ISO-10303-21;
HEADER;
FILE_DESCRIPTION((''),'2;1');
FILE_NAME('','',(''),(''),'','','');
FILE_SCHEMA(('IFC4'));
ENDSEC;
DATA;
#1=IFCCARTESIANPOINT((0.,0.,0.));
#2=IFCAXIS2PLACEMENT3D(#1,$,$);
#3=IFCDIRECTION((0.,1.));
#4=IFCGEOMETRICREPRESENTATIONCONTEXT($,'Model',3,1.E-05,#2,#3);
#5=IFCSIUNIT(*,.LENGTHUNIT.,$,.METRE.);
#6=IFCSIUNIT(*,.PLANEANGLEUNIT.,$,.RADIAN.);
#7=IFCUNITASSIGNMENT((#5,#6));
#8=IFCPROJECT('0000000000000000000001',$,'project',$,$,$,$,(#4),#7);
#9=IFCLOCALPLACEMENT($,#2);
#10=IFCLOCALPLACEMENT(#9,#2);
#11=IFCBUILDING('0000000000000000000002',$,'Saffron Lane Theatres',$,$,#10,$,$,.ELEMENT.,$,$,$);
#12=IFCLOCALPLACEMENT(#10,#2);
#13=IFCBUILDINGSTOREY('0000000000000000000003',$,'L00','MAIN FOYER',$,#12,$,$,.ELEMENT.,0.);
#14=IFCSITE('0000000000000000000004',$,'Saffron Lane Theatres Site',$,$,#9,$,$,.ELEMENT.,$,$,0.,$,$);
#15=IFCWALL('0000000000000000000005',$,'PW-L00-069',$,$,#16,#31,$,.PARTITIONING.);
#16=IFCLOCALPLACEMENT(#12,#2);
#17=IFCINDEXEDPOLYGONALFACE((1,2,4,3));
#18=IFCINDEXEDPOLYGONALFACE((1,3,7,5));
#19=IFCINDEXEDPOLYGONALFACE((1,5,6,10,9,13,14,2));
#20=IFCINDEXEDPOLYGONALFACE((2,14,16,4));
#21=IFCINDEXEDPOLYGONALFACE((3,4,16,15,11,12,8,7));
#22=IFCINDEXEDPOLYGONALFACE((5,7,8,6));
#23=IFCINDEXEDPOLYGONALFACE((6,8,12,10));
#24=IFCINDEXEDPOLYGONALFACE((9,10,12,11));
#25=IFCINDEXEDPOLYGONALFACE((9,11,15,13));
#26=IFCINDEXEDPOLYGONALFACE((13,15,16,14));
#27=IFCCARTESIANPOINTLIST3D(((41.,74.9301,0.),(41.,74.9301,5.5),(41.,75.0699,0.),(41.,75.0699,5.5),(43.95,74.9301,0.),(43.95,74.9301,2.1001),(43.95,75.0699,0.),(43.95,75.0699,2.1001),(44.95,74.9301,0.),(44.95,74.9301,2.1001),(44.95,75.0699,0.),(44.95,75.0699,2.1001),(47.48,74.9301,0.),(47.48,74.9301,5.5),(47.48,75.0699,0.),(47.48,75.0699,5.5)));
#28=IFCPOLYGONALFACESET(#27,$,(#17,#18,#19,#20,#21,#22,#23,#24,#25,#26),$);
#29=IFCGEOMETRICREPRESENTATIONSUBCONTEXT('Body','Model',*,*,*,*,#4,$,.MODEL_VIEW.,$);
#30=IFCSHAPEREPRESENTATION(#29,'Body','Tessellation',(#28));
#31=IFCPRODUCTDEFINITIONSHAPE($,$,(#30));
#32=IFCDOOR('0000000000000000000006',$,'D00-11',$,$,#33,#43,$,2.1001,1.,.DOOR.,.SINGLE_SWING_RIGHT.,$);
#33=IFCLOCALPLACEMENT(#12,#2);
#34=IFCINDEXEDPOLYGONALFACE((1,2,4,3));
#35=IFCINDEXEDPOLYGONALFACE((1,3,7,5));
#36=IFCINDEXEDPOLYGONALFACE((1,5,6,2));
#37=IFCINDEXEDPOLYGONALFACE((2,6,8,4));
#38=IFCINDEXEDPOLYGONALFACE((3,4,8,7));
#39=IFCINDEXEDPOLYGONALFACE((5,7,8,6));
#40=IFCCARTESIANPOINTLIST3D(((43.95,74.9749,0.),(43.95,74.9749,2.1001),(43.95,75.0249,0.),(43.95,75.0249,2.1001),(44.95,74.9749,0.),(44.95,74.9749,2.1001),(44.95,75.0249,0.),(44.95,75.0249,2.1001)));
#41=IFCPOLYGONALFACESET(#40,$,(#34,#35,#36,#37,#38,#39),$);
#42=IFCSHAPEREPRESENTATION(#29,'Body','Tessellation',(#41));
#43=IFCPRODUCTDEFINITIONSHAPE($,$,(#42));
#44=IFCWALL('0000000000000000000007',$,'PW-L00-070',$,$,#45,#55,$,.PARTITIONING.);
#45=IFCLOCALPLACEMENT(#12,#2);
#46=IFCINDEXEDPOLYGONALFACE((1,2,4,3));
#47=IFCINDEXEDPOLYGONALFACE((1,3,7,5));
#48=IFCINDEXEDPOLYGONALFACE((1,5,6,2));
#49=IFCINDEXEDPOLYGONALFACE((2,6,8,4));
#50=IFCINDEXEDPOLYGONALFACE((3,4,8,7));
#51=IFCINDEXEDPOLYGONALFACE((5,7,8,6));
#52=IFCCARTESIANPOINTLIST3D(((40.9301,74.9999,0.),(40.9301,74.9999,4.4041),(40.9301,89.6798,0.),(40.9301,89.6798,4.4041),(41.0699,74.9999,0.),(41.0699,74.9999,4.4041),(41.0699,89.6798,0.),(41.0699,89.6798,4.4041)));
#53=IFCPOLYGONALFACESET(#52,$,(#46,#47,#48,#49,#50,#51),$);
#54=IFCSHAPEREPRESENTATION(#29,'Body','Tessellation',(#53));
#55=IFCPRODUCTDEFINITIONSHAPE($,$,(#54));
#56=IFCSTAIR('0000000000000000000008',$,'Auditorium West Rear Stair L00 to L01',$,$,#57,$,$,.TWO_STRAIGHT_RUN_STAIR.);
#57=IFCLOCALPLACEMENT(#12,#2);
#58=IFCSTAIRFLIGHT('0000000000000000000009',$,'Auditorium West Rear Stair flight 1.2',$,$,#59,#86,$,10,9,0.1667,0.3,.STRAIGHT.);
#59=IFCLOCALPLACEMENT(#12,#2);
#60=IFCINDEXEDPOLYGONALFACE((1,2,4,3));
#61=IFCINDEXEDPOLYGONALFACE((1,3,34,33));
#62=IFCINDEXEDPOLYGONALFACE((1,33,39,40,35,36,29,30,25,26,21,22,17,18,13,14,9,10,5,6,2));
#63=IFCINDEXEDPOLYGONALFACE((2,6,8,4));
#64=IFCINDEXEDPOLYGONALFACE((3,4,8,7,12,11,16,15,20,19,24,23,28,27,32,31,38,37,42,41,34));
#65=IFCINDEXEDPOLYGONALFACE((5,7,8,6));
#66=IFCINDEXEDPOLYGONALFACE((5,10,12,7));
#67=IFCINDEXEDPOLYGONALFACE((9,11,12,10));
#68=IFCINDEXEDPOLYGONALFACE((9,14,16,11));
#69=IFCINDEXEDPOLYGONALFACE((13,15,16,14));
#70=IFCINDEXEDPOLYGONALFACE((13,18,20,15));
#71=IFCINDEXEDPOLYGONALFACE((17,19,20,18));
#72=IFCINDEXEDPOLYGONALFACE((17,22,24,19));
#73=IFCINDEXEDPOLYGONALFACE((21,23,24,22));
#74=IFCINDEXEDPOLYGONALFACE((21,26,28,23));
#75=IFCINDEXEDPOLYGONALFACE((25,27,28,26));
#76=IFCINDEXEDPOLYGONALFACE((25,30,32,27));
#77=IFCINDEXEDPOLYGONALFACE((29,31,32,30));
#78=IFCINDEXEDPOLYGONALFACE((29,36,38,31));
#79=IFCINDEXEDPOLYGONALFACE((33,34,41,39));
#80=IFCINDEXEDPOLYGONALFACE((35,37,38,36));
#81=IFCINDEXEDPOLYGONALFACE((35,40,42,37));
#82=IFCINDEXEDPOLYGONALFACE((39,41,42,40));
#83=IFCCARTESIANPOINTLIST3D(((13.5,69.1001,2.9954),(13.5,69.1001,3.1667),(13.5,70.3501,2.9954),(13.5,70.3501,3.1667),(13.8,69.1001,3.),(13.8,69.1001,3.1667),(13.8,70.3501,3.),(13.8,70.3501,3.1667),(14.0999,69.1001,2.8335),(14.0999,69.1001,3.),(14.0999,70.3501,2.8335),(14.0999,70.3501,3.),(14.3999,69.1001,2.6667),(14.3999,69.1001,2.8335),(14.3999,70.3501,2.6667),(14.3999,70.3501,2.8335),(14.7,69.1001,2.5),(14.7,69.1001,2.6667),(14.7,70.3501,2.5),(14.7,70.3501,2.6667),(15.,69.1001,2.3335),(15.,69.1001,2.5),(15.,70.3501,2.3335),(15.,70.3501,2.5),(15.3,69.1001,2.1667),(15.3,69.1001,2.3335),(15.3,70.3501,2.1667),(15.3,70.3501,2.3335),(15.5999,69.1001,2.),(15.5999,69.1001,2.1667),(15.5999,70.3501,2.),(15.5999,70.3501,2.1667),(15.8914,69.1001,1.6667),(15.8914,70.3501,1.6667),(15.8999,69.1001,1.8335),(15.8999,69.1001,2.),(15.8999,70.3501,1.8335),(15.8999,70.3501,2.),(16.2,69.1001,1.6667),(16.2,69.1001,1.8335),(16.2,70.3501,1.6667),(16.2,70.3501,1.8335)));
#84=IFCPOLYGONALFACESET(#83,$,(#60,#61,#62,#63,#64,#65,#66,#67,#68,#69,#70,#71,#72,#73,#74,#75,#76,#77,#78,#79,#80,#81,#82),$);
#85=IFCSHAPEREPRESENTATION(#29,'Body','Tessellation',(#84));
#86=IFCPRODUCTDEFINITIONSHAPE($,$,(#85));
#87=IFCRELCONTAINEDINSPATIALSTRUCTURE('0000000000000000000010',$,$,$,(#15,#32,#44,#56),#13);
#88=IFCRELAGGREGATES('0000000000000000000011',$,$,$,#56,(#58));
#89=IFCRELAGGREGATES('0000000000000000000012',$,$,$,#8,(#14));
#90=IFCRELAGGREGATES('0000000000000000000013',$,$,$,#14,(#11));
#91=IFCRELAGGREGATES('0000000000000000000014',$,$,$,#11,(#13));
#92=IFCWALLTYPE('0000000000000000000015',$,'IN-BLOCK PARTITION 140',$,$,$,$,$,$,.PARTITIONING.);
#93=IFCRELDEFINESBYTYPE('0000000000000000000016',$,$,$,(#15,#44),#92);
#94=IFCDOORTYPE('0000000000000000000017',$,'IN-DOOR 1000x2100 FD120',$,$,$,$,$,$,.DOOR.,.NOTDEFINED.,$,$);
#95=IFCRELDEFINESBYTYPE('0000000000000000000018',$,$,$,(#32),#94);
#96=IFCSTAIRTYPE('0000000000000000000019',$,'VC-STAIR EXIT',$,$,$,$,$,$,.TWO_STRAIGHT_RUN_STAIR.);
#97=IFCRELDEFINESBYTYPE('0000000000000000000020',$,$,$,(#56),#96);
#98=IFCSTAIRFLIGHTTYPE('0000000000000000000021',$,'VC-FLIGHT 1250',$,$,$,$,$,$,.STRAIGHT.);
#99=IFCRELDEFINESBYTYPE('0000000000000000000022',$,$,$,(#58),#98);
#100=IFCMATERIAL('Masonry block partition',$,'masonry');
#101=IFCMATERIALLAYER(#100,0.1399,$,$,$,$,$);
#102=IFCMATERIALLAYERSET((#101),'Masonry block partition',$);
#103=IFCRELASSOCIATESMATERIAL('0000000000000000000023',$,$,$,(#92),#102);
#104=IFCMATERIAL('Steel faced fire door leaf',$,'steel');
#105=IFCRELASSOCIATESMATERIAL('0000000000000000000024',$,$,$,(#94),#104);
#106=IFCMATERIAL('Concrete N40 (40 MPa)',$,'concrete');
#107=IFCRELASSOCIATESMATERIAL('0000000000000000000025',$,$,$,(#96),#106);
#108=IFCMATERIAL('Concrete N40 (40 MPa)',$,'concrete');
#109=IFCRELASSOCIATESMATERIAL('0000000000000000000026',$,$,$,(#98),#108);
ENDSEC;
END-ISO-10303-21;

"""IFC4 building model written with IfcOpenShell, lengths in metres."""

from ifc_helpers import new_model, si_unit, direction, frame, frame_2d, origin, place, context, subcontext, project, spatial, polyline, rectangle, outline, extrude, material, layer, layer_set, type_object, element, fill, aggregate, save


model = new_model("IFC4")

# Units and contexts
model_context = context("Model", 3, precision=1e-05, world=origin(), true_north=direction((0.0, 1.0)))
body_context = subcontext(model_context, "Body", "Model", "MODEL_VIEW")
ifc_project = project(units=[si_unit("LENGTHUNIT", "METRE"), si_unit("PLANEANGLEUNIT", "RADIAN")], contexts=[model_context])

# Site, building, storey
site_placement = place(None, origin())
site = spatial("IfcSite", under=ifc_project, at=site_placement, Name="Saffron Lane Theatres Site", CompositionType="ELEMENT", RefElevation=0.0)
building_placement = place(site_placement, origin())
building = spatial("IfcBuilding", under=site, at=building_placement, Name="Saffron Lane Theatres", CompositionType="ELEMENT")
storey_placement = place(building_placement, origin())
storey = spatial("IfcBuildingStorey", under=building, at=storey_placement, Name="L00", Description="MAIN FOYER", CompositionType="ELEMENT", Elevation=0.0)

# Shared definitions
ifc_material_1 = material(Name="Masonry block partition", Category="masonry")
ifc_layer_1 = layer(ifc_material_1, 0.1399)
ifc_layer_set_1 = layer_set([ifc_layer_1], Name="Masonry block partition")
wall_type_1 = type_object("IfcWallType", Name="IN-BLOCK PARTITION 140", PredefinedType="PARTITIONING", material=ifc_layer_set_1)
ifc_material_2 = material(Name="Steel faced fire door leaf", Category="steel")
door_type_1 = type_object("IfcDoorType", Name="IN-DOOR 1000x2100 FD120", OperationType="NOTDEFINED", PredefinedType="DOOR", material=ifc_material_2)

# Wall, opening, door
wall_1_placement = place(storey_placement, frame((41.0, 75.0, 0.0), z_axis=(0.0, 0.0, 1.0), x_axis=(1.0, 0.0, 0.0)))
wall_1 = element("IfcWall", 1, at=wall_1_placement, inside=storey, type_object=wall_type_1, Name="PW-L00-069", PredefinedType="PARTITIONING", context=body_context, shape_type="SweptSolid", body=[
    extrude(rectangle(XDim=6.48, YDim=0.1399, at=frame_2d((3.24, 0.0))), origin(), (0.0, 0.0, 1.0), 5.5),
])
opening_1_placement = place(wall_1_placement, frame((2.95, 0.0, 0.0)))
opening_1 = element("IfcOpeningElement", 2, at=opening_1_placement, cuts=wall_1, PredefinedType="OPENING", context=body_context, shape_type="SweptSolid", body=[
    extrude(rectangle(XDim=1.0, YDim=2.1001, at=frame_2d((0.5, 1.05))), frame((0.0, 0.0801, 0.0), z_axis=(0.0, -1.0, 0.0), x_axis=(1.0, 0.0, 0.0)), (0.0, 0.0, 1.0), 0.1599),
])
door_1_placement = place(opening_1_placement, origin())
door_1 = element("IfcDoor", 3, at=door_1_placement, inside=storey, type_object=door_type_1, Name="D00-11", OperationType="SINGLE_SWING_RIGHT", OverallHeight=2.1001, OverallWidth=1.0, PredefinedType="DOOR", context=body_context, shape_type="SweptSolid", body=[
    extrude(rectangle(XDim=1.0, YDim=2.1001, at=frame_2d((0.5, 1.05))), frame((0.0, 0.0249, 0.0), z_axis=(0.0, -1.0, 0.0), x_axis=(1.0, 0.0, 0.0)), (0.0, 0.0, 1.0), 0.05),
])
fill(opening_1, door_1)

# Wall
wall_2_placement = place(storey_placement, frame((41.0, 75.0, 0.0), z_axis=(0.0, 0.0, 1.0), x_axis=(0.0, 1.0, 0.0)))
element("IfcWall", 4, at=wall_2_placement, inside=storey, type_object=wall_type_1, Name="PW-L00-070", PredefinedType="PARTITIONING", context=body_context, shape_type="SweptSolid", body=[
    extrude(rectangle(XDim=14.6799, YDim=0.1399, at=frame_2d((7.3398, 0.0))), origin(), (0.0, 0.0, 1.0), 4.4041),
])

# Stair, stair flight
ifc_material_3 = material(Name="Concrete N40 (40 MPa)", Category="concrete")
stair_type = type_object("IfcStairType", Name="VC-STAIR EXIT", PredefinedType="TWO_STRAIGHT_RUN_STAIR", material=ifc_material_3)
stair_placement = place(storey_placement, origin())
stair = element("IfcStair", 5, at=stair_placement, inside=storey, type_object=stair_type, Name="Auditorium West Rear Stair L00 to L01", PredefinedType="TWO_STRAIGHT_RUN_STAIR")
ifc_material_4 = material(Name="Concrete N40 (40 MPa)", Category="concrete")
stair_flight_type = type_object("IfcStairFlightType", Name="VC-FLIGHT 1250", PredefinedType="STRAIGHT", material=ifc_material_4)
stair_flight_placement = place(storey_placement, frame((16.2, 69.7251, 1.6667), z_axis=(0.0, 0.0, 1.0), x_axis=(-1.0, 0.0, 0.0)))
stair_flight = element("IfcStairFlight", 6, at=stair_flight_placement, type_object=stair_flight_type, Name="Auditorium West Rear Stair flight 1.2", NumberOfRisers=10, NumberOfTreads=9, PredefinedType="STRAIGHT", RiserHeight=0.1667, TreadLength=0.3, context=body_context, shape_type="SweptSolid", body=[
    extrude(outline(polyline([(0.0, 0.0), (0.0, 0.1667), (0.3, 0.1667), (0.3, 0.3333), (0.6001, 0.3333), (0.6001, 0.5), (0.8999, 0.5), (0.8999, 0.6667), (1.2, 0.6667), (1.2, 0.8333), (1.5, 0.8333), (1.5, 1.0), (1.8, 1.0), (1.8, 1.1667), (2.1001, 1.1667), (2.1001, 1.3333), (2.3999, 1.3333), (2.3999, 1.5), (2.7, 1.5), (2.7, 1.6667), (2.7, 1.3286), (0.3086, 0.0), (0.0, 0.0)])), frame((0.0, 0.625, 0.0), z_axis=(0.0, -1.0, 0.0), x_axis=(1.0, 0.0, 0.0)), (0.0, 0.0, 1.0), 1.25),
])
aggregate(stair, [stair_flight])

save(model, "model.ifc")
